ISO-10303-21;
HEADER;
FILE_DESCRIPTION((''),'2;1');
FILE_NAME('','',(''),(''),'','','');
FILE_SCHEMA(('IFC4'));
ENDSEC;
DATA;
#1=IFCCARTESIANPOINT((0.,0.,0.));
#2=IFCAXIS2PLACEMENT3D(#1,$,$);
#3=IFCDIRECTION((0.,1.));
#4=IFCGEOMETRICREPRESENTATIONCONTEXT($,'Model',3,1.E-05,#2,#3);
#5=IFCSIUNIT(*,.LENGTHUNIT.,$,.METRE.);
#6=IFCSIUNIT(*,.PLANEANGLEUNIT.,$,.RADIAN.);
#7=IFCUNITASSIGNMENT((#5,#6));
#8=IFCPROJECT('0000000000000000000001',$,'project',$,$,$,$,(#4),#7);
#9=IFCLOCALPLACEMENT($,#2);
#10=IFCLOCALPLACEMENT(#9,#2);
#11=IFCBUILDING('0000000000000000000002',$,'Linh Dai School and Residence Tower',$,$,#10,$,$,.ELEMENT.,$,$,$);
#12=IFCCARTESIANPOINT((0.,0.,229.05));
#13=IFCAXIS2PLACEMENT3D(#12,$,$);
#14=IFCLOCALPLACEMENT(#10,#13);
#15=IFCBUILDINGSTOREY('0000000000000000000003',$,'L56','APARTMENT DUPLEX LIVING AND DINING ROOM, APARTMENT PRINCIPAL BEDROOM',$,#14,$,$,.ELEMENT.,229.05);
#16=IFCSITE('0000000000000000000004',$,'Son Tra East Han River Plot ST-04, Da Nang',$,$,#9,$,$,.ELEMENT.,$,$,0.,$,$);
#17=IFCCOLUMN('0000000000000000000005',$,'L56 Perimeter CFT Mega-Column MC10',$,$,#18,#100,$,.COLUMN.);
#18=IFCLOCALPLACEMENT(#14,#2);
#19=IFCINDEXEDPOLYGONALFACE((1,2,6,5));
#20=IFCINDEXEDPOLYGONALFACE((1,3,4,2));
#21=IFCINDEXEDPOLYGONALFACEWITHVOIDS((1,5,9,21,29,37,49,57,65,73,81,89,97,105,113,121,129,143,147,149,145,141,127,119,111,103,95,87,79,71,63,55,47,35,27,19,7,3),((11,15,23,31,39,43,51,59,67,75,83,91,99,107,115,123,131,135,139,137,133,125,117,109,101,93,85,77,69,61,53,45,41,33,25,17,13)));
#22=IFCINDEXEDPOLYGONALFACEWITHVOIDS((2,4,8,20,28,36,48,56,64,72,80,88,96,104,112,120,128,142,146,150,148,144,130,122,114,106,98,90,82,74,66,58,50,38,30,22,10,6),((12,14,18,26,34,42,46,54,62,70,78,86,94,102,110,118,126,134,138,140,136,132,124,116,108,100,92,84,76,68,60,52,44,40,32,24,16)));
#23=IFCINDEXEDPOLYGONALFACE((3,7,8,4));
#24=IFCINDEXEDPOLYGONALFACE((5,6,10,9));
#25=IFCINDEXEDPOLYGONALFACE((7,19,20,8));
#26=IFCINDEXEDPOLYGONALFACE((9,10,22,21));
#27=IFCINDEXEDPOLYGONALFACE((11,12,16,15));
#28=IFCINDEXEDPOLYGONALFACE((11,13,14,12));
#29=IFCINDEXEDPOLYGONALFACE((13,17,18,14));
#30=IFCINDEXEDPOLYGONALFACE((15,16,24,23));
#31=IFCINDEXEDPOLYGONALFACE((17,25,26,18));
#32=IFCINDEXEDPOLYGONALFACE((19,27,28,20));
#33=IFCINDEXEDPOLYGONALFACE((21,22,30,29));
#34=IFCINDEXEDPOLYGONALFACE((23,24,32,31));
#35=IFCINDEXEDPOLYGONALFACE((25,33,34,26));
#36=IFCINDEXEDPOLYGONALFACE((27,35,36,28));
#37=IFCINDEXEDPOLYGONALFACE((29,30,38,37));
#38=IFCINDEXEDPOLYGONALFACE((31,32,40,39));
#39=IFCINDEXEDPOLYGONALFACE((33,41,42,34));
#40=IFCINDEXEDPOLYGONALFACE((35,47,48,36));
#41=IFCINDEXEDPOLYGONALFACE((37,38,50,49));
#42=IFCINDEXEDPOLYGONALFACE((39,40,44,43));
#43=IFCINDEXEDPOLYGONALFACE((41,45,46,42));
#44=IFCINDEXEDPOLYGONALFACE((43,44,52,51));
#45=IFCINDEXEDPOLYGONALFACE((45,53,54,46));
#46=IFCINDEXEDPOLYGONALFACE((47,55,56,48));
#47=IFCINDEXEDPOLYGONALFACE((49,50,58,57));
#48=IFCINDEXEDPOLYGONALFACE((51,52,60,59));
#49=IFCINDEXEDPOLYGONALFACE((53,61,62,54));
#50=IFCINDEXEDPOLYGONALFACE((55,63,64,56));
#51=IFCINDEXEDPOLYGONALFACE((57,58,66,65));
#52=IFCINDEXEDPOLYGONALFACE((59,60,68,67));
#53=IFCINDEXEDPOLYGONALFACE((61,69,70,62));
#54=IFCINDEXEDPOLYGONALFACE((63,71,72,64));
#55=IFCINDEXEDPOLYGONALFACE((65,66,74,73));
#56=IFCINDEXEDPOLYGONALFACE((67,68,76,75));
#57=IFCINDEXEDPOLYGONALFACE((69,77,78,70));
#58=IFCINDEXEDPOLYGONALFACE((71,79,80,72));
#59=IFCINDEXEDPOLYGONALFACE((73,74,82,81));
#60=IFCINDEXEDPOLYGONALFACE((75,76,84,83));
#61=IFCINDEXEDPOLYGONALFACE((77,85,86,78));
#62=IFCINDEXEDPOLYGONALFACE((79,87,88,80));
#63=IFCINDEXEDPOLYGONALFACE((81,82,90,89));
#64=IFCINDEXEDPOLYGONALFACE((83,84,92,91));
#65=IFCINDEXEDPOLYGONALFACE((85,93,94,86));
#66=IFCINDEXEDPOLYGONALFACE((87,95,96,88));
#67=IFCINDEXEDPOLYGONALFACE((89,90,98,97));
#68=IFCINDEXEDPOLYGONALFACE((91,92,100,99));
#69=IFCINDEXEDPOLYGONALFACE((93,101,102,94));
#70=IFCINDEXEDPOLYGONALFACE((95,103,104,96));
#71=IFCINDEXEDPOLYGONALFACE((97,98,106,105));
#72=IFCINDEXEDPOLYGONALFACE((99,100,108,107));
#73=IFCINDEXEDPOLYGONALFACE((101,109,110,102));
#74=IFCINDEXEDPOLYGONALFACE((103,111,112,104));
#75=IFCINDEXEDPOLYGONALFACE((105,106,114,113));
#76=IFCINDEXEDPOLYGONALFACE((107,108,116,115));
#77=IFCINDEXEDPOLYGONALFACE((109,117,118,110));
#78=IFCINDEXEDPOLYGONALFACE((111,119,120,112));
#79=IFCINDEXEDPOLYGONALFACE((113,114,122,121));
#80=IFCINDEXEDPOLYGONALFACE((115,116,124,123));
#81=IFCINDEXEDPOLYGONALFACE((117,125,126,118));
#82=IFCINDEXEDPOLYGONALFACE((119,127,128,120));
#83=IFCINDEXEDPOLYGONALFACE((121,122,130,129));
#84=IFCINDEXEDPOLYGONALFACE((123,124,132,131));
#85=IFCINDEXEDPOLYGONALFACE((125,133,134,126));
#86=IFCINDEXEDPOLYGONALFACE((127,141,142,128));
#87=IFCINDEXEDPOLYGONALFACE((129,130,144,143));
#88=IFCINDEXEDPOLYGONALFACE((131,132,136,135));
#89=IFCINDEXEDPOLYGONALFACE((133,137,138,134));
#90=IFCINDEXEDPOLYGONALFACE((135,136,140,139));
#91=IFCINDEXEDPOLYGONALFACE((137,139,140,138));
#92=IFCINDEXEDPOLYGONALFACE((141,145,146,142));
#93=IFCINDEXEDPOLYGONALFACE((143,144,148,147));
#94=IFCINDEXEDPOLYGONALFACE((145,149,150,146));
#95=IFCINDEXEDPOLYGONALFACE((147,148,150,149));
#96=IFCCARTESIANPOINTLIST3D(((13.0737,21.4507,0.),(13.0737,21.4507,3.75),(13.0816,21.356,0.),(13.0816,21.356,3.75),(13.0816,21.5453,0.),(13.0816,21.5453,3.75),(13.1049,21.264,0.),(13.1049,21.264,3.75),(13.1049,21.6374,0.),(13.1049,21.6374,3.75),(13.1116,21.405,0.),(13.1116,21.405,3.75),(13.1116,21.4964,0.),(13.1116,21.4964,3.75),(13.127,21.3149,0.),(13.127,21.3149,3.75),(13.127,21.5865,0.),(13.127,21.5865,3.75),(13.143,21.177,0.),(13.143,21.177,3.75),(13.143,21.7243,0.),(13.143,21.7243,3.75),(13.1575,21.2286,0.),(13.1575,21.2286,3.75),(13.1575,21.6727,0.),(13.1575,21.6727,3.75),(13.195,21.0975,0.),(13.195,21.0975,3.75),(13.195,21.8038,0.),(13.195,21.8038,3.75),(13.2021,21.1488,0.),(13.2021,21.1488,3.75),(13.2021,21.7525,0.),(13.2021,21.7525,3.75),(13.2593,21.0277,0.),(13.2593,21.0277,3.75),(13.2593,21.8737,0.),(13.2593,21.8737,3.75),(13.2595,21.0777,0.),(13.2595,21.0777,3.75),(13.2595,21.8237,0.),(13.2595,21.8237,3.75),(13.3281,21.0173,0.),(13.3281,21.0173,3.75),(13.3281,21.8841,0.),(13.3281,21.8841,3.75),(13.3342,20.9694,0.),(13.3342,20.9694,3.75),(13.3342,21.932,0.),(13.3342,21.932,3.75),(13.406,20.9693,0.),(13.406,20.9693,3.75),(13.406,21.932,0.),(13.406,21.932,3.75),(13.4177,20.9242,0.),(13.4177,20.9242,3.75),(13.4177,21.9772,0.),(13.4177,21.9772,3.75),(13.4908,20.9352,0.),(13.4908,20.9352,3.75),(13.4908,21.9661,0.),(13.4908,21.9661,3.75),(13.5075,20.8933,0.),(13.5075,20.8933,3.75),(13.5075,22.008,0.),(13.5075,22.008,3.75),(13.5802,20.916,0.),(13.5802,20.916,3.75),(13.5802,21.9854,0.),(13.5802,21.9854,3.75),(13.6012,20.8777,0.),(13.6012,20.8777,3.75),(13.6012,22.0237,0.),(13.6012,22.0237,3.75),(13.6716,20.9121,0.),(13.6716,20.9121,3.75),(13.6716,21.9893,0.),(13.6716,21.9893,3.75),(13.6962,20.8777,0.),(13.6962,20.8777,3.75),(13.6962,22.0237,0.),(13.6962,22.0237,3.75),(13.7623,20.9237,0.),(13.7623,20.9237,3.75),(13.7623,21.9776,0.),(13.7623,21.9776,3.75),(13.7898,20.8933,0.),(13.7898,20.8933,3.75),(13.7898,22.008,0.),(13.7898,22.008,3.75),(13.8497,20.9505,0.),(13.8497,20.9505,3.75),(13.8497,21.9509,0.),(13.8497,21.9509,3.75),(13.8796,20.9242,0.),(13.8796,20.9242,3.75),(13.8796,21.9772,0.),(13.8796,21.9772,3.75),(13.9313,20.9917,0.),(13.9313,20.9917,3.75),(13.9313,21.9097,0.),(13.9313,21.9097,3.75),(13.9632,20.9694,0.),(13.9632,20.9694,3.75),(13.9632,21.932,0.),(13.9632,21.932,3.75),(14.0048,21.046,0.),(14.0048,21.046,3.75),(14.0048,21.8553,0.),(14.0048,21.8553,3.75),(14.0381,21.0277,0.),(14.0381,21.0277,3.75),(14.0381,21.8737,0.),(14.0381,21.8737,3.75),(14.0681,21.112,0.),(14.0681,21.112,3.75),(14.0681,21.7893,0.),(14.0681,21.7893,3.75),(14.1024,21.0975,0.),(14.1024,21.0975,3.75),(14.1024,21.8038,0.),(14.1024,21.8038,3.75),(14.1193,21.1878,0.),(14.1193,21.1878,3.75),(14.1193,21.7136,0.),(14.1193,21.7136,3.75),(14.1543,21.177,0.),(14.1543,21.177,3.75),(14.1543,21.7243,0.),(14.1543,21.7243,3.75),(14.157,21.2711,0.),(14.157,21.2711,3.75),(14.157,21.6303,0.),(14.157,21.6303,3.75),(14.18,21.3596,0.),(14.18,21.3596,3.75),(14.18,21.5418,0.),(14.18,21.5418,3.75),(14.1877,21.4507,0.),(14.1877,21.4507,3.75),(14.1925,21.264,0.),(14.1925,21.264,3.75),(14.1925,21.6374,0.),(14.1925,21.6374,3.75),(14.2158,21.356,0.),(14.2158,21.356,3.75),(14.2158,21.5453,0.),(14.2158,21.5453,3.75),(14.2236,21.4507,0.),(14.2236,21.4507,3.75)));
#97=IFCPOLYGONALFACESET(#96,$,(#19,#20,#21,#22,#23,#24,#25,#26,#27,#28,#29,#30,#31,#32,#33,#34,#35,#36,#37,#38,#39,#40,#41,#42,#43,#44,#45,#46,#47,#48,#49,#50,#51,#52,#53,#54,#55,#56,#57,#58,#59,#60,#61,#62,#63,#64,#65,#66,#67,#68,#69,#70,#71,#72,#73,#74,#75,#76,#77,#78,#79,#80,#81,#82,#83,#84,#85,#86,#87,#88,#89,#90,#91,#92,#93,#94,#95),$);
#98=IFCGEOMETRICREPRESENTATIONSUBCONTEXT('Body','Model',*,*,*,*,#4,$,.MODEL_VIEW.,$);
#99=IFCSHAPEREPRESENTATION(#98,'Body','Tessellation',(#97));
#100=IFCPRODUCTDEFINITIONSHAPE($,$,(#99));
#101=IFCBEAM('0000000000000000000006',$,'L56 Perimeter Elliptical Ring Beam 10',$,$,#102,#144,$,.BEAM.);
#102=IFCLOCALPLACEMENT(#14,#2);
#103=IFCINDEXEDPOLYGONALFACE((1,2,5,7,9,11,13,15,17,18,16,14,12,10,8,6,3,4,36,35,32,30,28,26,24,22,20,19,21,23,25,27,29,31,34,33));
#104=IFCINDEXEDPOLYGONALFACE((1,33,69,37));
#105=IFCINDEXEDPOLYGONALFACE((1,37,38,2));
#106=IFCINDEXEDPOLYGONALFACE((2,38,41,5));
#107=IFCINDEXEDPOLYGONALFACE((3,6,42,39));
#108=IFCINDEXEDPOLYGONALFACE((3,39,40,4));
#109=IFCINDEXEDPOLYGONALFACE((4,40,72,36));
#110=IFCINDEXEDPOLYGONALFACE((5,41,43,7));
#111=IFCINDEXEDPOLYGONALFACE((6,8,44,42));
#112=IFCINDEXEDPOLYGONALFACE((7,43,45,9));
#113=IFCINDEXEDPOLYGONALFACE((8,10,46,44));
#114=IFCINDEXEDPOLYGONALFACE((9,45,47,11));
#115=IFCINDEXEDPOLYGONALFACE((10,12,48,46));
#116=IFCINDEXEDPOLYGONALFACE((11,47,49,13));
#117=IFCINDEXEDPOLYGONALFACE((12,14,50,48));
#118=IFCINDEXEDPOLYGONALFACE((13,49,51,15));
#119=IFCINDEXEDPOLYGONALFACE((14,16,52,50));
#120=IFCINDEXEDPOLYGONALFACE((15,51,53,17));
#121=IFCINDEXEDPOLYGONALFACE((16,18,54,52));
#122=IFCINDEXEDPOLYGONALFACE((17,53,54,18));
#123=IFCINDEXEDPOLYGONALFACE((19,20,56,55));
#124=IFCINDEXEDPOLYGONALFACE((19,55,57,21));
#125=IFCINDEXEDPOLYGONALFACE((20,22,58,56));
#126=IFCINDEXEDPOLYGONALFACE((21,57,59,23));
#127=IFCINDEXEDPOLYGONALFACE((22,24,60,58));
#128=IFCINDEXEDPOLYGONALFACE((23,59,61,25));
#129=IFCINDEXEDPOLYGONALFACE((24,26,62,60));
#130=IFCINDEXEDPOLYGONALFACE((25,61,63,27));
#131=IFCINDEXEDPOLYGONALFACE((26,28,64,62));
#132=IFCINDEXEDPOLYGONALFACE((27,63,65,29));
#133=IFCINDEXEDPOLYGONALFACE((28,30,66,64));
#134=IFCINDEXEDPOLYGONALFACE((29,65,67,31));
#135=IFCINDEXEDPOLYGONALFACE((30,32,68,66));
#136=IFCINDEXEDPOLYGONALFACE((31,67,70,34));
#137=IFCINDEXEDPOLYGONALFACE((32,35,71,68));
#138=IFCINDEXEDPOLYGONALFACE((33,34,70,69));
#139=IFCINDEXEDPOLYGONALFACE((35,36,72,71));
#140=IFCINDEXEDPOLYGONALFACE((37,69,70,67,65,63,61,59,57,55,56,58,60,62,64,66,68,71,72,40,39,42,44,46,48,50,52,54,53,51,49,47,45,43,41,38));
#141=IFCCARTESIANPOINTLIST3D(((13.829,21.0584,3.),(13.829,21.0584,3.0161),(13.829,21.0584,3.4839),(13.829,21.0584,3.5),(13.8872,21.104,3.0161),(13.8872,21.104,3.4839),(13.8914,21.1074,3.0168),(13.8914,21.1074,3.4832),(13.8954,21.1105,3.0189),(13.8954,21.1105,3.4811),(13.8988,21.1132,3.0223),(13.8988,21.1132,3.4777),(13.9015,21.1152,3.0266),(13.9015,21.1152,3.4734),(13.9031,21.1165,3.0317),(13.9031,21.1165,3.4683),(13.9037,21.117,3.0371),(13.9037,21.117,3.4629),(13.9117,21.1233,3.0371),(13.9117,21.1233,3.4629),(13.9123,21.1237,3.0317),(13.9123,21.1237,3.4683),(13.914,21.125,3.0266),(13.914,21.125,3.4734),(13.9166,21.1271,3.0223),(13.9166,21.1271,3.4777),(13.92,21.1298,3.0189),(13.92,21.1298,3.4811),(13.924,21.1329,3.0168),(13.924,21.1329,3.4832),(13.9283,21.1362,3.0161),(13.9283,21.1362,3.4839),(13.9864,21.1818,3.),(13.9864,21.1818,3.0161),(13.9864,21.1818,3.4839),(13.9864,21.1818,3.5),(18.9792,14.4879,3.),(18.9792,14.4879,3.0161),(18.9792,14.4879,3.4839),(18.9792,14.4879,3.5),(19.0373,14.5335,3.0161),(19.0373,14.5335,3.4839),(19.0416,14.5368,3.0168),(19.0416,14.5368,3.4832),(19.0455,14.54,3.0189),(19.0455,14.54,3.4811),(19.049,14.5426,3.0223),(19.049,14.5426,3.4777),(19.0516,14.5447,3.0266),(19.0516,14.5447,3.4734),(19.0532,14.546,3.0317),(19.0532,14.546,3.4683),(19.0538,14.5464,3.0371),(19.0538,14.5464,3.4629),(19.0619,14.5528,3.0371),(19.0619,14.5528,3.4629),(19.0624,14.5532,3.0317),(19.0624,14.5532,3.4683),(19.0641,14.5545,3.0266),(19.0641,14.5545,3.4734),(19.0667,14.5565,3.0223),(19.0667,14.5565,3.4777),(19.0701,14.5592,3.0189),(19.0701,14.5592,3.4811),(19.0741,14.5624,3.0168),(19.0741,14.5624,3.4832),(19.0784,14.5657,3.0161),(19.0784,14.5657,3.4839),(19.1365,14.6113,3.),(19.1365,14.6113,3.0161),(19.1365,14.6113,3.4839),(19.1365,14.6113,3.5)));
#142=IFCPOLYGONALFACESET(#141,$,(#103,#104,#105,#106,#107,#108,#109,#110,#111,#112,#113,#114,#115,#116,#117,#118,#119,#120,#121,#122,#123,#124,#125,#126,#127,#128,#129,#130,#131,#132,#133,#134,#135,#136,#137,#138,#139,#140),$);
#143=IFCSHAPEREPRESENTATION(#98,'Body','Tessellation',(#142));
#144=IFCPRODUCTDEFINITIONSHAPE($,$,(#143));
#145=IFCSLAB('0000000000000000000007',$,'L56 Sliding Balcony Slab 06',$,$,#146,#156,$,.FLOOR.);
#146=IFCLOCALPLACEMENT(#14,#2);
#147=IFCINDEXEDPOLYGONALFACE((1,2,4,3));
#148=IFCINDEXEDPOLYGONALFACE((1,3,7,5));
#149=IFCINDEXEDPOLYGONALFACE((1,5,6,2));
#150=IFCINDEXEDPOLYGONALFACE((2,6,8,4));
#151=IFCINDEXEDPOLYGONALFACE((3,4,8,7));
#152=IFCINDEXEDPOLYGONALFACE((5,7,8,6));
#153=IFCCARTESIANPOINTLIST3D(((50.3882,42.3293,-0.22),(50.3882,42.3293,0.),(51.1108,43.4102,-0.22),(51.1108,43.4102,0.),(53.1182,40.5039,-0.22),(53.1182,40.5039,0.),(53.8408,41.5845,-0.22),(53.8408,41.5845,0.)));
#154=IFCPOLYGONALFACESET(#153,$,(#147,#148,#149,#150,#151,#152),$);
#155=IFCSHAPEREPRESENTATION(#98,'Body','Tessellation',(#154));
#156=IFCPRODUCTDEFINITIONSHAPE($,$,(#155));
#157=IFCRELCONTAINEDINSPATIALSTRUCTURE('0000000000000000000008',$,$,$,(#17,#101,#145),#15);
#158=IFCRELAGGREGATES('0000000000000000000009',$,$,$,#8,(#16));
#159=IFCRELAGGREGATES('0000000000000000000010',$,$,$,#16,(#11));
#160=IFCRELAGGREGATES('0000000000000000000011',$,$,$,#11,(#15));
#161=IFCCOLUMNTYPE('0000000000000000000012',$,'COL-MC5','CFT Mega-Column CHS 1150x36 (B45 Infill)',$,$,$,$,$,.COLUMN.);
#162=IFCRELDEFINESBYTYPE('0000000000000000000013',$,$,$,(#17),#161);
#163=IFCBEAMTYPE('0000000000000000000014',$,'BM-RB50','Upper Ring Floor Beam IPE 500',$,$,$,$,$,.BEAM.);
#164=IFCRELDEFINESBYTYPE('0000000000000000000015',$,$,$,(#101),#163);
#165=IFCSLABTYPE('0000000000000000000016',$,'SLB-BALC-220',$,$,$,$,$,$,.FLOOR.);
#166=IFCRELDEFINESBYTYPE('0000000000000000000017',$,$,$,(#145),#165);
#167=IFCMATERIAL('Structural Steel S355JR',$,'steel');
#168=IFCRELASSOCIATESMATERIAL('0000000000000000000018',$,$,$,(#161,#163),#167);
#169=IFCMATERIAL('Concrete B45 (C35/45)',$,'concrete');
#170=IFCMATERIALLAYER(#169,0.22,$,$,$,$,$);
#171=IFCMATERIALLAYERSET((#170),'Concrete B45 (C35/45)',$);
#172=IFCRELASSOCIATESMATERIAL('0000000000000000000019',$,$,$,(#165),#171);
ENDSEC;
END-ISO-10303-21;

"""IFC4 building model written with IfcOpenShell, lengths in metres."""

from ifc_helpers import new_model, si_unit, direction, frame, origin, origin_2d, place, context, subcontext, project, spatial, polyline, hollow_circle, i_section, outline, extrude, material, layer, layer_set, material_profile, profile_set, type_object, element, save


model = new_model("IFC4")

# Units and contexts
model_context = context("Model", 3, precision=1e-05, world=origin(), true_north=direction((0.0, 1.0)))
body_context = subcontext(model_context, "Body", "Model", "MODEL_VIEW")
ifc_project = project(units=[si_unit("LENGTHUNIT", "METRE"), si_unit("PLANEANGLEUNIT", "RADIAN")], contexts=[model_context])

# Site, building, storey
site_placement = place(None, origin())
site = spatial("IfcSite", under=ifc_project, at=site_placement, Name="Son Tra East Han River Plot ST-04, Da Nang", CompositionType="ELEMENT", RefElevation=0.0)
building_placement = place(site_placement, origin())
building = spatial("IfcBuilding", under=site, at=building_placement, Name="Linh Dai School and Residence Tower", CompositionType="ELEMENT")
storey_placement = place(building_placement, frame((0.0, 0.0, 229.05)))
storey = spatial("IfcBuildingStorey", under=building, at=storey_placement, Name="L56", Description="APARTMENT DUPLEX LIVING AND DINING ROOM, APARTMENT PRINCIPAL BEDROOM", CompositionType="ELEMENT", Elevation=229.05)

# Column
ifc_material_1 = material(Name="Structural Steel S355JR", Category="steel")
ifc_material_profile_1 = material_profile(ifc_material_1, hollow_circle(Radius=0.575, WallThickness=0.0359, at=origin_2d()), Name="CHS 1150x36")
ifc_profile_set_1 = profile_set([ifc_material_profile_1], Name="Structural Steel S355JR")
column_type = type_object("IfcColumnType", Name="COL-MC5", Description="CFT Mega-Column CHS 1150x36 (B45 Infill)", PredefinedType="COLUMN", material=ifc_profile_set_1)
column_placement = place(storey_placement, frame((13.6487, 21.4507, 0.0), z_axis=(0.0, 0.0, 1.0), x_axis=(1.0, 0.0, 0.0)))
element("IfcColumn", 1, at=column_placement, inside=storey, type_object=column_type, Name="L56 Perimeter CFT Mega-Column MC10", PredefinedType="COLUMN", context=body_context, shape_type="SweptSolid", body=[
    extrude(hollow_circle(Radius=0.575, WallThickness=0.0359, at=origin_2d()), origin(), (0.0, 0.0, 1.0), 3.75),
])

# Beam
ifc_material_profile_2 = material_profile(ifc_material_1, i_section(OverallWidth=0.2, OverallDepth=0.5, WebThickness=0.0103, FlangeThickness=0.0161, FilletRadius=0.021, at=origin_2d()), Name="IPE 500")
ifc_profile_set_2 = profile_set([ifc_material_profile_2], Name="Structural Steel S355JR")
beam_type = type_object("IfcBeamType", Name="BM-RB50", Description="Upper Ring Floor Beam IPE 500", PredefinedType="BEAM", material=ifc_profile_set_2)
beam_placement = place(storey_placement, frame((13.9077, 21.1201, 3.25), z_axis=(0.6169, -0.787041, 0.0), x_axis=(0.787041, 0.6169, 0.0)))
element("IfcBeam", 2, at=beam_placement, inside=storey, type_object=beam_type, Name="L56 Perimeter Elliptical Ring Beam 10", PredefinedType="BEAM", context=body_context, shape_type="SweptSolid", body=[
    extrude(i_section(OverallWidth=0.2, OverallDepth=0.5, WebThickness=0.0103, FlangeThickness=0.0161, FilletRadius=0.021, at=origin_2d()), origin(), (0.0, 0.0, 1.0), 8.3484),
])

# Slab
ifc_material_2 = material(Name="Concrete B45 (C35/45)", Category="concrete")
ifc_layer_1 = layer(ifc_material_2, 0.22)
ifc_layer_set_1 = layer_set([ifc_layer_1], Name="Concrete B45 (C35/45)")
slab_type_1 = type_object("IfcSlabType", Name="SLB-BALC-220", PredefinedType="FLOOR", material=ifc_layer_set_1)
slab_1_placement = place(storey_placement, frame((0.0, 0.0, -0.22)))
element("IfcSlab", 3, at=slab_1_placement, inside=storey, type_object=slab_type_1, Name="L56 Sliding Balcony Slab 06", PredefinedType="FLOOR", context=body_context, shape_type="SweptSolid", body=[
    extrude(outline(polyline([(50.3882, 42.3293), (53.1182, 40.5039), (53.8408, 41.5845), (51.1108, 43.4102), (50.3882, 42.3293)])), origin(), (0.0, 0.0, 1.0), 0.22),
])

save(model, "model.ifc")
